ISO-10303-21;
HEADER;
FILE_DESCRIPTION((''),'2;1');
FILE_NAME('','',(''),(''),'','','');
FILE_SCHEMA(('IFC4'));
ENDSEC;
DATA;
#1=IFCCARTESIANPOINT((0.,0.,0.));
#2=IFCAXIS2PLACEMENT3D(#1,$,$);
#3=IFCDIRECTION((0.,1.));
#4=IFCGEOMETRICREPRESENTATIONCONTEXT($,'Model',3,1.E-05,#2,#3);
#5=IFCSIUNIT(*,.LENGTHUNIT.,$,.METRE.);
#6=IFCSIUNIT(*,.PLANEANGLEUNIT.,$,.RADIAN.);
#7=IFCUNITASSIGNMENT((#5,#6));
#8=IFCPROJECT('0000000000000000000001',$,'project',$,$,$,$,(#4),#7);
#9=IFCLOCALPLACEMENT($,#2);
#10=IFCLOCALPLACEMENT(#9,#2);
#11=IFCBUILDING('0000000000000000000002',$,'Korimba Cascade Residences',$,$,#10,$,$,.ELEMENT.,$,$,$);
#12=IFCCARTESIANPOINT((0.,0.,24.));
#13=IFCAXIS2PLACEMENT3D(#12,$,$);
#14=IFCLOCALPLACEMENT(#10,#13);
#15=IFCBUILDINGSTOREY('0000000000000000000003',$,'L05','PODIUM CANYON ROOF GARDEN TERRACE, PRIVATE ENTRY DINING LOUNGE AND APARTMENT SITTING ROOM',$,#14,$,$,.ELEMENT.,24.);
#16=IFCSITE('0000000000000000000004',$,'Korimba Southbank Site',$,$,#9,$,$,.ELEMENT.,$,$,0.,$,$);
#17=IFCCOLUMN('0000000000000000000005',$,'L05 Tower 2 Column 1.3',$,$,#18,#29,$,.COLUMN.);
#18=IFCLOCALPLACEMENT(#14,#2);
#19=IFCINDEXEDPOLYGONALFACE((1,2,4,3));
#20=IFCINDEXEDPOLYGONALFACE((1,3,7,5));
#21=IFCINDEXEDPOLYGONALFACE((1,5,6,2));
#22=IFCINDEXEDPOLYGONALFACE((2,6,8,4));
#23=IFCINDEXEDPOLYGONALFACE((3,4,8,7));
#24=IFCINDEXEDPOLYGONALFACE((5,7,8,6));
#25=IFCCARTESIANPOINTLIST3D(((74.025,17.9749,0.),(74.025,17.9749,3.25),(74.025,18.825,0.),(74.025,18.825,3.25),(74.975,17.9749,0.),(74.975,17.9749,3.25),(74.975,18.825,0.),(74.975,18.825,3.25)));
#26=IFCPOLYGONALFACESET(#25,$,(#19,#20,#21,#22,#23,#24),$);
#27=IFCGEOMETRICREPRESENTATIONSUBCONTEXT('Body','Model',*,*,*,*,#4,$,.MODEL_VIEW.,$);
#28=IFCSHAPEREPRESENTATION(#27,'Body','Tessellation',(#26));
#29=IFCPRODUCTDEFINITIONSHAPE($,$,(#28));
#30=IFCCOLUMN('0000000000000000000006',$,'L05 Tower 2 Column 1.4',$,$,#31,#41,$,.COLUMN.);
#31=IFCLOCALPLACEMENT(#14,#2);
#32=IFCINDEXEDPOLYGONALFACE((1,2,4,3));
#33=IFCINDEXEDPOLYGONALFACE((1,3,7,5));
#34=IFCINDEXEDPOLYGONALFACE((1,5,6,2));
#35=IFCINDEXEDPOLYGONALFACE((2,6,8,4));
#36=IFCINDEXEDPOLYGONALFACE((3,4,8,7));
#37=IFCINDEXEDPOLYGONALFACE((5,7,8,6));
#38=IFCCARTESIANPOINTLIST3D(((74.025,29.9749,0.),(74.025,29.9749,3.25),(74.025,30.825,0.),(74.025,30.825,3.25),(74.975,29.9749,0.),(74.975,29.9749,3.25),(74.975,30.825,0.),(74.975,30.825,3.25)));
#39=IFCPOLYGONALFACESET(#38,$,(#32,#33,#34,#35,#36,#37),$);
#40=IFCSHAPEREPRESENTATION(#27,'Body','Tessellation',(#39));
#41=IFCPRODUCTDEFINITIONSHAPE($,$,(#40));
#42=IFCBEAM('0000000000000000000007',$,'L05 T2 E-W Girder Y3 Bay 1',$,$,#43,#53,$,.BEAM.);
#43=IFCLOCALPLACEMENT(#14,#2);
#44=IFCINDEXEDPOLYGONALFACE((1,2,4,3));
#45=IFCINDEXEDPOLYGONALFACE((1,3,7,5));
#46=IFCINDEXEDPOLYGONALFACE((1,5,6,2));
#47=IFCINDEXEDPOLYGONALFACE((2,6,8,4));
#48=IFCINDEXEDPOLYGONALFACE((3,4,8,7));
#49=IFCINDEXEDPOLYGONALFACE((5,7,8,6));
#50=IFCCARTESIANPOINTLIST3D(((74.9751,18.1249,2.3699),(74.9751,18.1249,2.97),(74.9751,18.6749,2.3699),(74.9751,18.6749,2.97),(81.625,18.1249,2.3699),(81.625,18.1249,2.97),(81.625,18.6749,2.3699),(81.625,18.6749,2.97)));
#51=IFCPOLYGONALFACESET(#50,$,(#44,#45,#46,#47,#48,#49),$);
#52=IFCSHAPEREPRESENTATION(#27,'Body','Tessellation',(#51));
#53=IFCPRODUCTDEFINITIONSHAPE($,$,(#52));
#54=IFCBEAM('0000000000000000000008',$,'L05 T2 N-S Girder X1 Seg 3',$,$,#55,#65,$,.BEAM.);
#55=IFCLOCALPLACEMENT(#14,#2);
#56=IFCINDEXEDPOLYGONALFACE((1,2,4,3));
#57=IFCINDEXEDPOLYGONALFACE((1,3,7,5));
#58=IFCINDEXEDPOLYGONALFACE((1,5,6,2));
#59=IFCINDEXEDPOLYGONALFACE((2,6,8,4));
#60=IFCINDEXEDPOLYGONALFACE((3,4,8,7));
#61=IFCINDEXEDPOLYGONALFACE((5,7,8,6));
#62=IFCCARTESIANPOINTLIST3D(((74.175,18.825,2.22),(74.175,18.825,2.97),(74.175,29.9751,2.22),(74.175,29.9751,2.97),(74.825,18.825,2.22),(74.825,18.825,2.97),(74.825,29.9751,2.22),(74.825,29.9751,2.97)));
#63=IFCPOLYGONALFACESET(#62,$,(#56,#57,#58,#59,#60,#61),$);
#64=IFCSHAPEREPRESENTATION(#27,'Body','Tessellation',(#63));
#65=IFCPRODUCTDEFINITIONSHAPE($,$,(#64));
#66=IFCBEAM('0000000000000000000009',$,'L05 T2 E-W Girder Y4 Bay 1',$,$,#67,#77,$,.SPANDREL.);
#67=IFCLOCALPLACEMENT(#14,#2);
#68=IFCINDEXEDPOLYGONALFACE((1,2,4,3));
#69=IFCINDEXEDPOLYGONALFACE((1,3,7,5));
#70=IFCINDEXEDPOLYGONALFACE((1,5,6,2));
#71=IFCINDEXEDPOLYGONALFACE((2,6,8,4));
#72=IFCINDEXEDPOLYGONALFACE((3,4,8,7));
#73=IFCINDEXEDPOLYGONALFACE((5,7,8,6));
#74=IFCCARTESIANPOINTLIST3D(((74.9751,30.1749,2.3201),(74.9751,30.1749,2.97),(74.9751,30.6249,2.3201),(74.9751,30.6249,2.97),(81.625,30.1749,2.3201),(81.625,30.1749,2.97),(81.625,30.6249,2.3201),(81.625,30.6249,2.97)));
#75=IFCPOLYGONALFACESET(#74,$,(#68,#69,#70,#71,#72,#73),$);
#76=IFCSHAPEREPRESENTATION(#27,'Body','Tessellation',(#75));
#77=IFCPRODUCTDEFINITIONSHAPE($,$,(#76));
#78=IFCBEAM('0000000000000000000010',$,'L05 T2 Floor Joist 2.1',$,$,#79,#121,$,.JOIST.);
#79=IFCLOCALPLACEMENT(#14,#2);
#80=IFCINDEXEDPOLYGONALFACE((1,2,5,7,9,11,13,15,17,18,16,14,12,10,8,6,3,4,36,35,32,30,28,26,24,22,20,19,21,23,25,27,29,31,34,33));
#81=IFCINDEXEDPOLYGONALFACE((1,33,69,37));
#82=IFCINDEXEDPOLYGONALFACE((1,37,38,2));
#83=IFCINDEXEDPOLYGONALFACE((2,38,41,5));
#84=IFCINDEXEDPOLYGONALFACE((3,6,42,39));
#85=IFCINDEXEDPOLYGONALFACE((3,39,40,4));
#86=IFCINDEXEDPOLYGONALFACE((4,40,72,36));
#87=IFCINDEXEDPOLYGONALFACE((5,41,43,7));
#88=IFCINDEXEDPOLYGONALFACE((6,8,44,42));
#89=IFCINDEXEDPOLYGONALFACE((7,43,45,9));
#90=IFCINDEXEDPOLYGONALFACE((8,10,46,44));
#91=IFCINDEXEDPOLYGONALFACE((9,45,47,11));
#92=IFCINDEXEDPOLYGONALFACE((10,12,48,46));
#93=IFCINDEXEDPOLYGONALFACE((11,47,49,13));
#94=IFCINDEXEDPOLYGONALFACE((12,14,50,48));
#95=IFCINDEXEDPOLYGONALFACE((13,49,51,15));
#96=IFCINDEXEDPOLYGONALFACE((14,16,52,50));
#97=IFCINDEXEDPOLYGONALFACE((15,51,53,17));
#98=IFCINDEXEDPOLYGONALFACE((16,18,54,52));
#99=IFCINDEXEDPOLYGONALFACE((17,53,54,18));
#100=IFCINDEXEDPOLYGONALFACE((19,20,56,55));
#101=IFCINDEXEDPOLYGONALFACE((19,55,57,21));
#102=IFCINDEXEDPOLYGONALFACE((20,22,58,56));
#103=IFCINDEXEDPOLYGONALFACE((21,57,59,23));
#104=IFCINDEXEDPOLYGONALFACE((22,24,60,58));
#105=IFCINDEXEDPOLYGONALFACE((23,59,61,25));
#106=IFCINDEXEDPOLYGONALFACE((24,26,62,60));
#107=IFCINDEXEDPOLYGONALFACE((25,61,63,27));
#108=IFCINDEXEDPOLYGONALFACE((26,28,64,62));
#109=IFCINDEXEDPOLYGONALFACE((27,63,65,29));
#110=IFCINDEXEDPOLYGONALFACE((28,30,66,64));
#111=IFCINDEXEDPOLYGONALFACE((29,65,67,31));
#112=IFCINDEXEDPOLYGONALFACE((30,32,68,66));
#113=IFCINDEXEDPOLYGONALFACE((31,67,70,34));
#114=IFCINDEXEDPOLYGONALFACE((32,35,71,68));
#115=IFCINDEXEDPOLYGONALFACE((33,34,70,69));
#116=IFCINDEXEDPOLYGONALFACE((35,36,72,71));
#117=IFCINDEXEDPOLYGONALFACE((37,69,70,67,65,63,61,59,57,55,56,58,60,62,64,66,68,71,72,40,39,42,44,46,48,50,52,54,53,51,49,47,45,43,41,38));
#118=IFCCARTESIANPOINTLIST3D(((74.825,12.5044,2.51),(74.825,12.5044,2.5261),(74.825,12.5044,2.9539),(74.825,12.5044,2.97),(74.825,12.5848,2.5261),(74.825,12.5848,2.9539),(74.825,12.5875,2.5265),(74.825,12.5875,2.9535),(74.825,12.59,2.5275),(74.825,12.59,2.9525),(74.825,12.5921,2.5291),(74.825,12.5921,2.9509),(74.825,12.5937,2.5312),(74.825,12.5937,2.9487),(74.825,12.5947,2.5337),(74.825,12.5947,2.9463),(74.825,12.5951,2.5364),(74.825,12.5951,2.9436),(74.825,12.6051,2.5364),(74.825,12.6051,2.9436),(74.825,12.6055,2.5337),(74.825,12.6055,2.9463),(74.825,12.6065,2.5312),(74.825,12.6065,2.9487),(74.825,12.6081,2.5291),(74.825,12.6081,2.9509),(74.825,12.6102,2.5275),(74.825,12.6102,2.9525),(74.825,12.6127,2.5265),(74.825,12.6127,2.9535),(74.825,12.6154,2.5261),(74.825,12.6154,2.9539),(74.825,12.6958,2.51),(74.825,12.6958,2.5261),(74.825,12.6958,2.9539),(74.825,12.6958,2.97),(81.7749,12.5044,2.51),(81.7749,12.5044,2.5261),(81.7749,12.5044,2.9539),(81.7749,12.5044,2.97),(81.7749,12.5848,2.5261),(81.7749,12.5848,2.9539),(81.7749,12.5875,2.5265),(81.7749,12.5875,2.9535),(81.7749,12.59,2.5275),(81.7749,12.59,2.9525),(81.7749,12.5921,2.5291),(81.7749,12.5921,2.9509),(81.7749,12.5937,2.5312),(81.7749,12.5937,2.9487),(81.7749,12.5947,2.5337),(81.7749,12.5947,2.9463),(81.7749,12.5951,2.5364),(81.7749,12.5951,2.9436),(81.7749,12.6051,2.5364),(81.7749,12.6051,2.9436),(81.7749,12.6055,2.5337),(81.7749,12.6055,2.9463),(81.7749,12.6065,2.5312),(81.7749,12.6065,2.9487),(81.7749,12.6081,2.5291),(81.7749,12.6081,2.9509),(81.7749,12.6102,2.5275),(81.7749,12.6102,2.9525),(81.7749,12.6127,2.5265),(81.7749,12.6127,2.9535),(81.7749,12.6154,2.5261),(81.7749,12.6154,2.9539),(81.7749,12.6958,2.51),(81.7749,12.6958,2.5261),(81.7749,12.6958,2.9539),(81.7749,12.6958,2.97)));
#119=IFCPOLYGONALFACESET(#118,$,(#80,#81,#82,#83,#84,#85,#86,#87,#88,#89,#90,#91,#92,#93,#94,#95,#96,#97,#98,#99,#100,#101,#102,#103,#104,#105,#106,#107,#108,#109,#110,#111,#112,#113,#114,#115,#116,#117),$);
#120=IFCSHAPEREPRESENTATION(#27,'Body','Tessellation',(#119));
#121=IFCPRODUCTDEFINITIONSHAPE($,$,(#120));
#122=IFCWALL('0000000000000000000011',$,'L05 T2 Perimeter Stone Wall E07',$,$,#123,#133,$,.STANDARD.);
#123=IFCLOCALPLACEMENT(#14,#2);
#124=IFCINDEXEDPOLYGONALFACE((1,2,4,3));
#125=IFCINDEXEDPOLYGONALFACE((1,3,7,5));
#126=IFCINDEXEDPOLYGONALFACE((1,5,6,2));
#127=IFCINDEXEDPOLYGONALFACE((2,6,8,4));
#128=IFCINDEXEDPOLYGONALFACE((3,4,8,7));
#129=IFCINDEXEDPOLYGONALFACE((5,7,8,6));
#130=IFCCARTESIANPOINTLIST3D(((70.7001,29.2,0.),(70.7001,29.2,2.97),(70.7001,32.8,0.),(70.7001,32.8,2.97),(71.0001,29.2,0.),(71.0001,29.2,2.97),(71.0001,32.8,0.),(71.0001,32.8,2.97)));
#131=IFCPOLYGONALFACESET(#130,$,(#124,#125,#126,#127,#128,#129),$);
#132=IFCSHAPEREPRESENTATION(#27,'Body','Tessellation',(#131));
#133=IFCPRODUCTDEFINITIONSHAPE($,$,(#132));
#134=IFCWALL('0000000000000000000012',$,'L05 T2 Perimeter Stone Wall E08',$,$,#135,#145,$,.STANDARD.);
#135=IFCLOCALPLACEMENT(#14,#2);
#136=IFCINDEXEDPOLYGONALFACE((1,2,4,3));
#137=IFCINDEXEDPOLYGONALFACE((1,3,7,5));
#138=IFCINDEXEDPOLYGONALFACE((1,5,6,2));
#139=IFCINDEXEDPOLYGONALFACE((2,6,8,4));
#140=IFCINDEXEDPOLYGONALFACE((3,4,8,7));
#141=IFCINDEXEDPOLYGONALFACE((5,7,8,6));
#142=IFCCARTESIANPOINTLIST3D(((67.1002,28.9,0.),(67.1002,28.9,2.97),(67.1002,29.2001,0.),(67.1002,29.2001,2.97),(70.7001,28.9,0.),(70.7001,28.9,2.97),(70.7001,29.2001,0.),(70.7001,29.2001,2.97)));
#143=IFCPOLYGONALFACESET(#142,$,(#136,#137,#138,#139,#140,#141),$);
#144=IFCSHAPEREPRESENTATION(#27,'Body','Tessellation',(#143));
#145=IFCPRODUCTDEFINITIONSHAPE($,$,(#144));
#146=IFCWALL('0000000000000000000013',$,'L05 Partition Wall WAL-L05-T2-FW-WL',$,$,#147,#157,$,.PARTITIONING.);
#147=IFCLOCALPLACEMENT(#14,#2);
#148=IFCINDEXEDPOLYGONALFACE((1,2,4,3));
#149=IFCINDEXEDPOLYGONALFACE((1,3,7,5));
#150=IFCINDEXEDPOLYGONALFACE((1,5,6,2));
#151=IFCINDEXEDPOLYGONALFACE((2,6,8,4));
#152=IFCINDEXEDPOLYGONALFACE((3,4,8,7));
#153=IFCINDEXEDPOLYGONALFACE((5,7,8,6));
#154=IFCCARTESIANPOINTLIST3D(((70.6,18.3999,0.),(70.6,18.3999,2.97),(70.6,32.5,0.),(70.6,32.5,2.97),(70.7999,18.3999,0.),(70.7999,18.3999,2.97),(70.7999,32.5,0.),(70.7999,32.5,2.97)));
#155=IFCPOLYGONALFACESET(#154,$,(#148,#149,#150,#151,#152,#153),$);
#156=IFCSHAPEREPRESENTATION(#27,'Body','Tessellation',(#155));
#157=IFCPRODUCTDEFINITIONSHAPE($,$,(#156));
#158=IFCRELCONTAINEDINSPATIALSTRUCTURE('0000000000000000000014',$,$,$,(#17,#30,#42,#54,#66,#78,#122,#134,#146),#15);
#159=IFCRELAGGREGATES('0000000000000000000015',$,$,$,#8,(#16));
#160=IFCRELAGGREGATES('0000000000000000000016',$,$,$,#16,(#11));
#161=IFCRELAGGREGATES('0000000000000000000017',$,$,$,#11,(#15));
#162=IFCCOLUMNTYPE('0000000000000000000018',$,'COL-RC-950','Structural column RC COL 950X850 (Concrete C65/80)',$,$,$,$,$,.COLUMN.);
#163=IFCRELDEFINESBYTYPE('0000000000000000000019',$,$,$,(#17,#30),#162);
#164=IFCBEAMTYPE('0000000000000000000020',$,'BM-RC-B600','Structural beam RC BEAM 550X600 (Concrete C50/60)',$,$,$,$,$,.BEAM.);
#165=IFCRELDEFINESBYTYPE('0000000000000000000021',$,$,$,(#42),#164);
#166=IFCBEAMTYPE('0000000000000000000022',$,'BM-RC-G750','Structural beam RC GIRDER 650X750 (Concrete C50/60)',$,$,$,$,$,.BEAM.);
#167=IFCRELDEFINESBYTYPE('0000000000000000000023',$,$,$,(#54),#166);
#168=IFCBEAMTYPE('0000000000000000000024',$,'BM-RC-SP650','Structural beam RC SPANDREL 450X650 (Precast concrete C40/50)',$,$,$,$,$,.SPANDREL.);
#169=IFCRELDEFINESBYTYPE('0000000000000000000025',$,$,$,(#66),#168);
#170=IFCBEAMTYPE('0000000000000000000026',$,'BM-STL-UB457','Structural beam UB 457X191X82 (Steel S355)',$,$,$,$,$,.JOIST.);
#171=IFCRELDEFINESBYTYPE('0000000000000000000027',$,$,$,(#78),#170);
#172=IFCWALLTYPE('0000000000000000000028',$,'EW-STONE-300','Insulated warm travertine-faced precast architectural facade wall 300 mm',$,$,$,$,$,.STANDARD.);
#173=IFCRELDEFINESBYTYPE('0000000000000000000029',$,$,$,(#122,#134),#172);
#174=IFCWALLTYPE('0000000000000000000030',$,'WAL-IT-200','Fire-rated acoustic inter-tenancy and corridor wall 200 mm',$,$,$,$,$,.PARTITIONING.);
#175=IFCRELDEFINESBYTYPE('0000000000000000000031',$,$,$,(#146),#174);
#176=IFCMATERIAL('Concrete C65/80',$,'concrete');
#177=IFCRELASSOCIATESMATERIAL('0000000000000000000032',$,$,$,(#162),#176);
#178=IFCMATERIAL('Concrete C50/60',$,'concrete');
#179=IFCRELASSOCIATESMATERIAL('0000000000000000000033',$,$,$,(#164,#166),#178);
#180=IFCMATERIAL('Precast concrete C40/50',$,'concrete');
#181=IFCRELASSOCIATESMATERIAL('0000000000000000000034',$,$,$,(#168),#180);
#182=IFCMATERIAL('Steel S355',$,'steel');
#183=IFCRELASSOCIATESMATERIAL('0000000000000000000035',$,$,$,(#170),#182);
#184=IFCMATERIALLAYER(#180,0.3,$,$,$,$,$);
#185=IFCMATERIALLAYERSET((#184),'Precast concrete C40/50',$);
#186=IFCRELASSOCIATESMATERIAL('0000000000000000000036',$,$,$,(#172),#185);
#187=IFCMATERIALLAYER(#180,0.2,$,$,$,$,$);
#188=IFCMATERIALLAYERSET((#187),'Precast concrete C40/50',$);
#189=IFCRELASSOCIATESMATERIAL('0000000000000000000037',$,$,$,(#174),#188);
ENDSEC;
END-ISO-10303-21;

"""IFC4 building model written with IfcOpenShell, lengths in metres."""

from ifc_helpers import new_model, si_unit, direction, frame, frame_2d, origin, origin_2d, place, context, subcontext, project, spatial, rectangle, i_section, extrude, material, layer, layer_set, material_profile, profile_set, type_object, element, save


model = new_model("IFC4")

# Units and contexts
model_context = context("Model", 3, precision=1e-05, world=origin(), true_north=direction((0.0, 1.0)))
body_context = subcontext(model_context, "Body", "Model", "MODEL_VIEW")
ifc_project = project(units=[si_unit("LENGTHUNIT", "METRE"), si_unit("PLANEANGLEUNIT", "RADIAN")], contexts=[model_context])

# Site, building, storey
site_placement = place(None, origin())
site = spatial("IfcSite", under=ifc_project, at=site_placement, Name="Korimba Southbank Site", CompositionType="ELEMENT", RefElevation=0.0)
building_placement = place(site_placement, origin())
building = spatial("IfcBuilding", under=site, at=building_placement, Name="Korimba Cascade Residences", CompositionType="ELEMENT")
storey_placement = place(building_placement, frame((0.0, 0.0, 24.0)))
storey = spatial("IfcBuildingStorey", under=building, at=storey_placement, Name="L05", Description="PODIUM CANYON ROOF GARDEN TERRACE, PRIVATE ENTRY DINING LOUNGE AND APARTMENT SITTING ROOM", CompositionType="ELEMENT", Elevation=24.0)

# Columns
ifc_material_1 = material(Name="Concrete C65/80", Category="concrete")
ifc_material_profile_1 = material_profile(ifc_material_1, rectangle(XDim=0.95, YDim=0.8501, at=origin_2d()), Name="Concrete C65/80")
ifc_profile_set_1 = profile_set([ifc_material_profile_1], Name="Concrete C65/80")
column_type = type_object("IfcColumnType", Name="COL-RC-950", Description="Structural column RC COL 950X850 (Concrete C65/80)", PredefinedType="COLUMN", material=ifc_profile_set_1)
for number, where, z_axis, x_axis, name in (
    (1, (74.5, 18.3999, 0.0), (0.0, 0.0, 1.0), (1.0, 0.0, 0.0), "L05 Tower 2 Column 1.3"),
    (2, (74.5, 30.3999, 0.0), (0.0, 0.0, 1.0), (1.0, 0.0, 0.0), "L05 Tower 2 Column 1.4"),
):
    element("IfcColumn", number, at=place(storey_placement, frame(where, z_axis=z_axis, x_axis=x_axis)), inside=storey, type_object=column_type, Name=name, PredefinedType="COLUMN", context=body_context, shape_type="SweptSolid", body=[
        extrude(rectangle(XDim=0.95, YDim=0.8501, at=origin_2d()), origin(), (0.0, 0.0, 1.0), 3.25),
    ])

# Beams
ifc_material_2 = material(Name="Concrete C50/60", Category="concrete")
ifc_material_profile_2 = material_profile(ifc_material_2, rectangle(XDim=0.55, YDim=0.6001, at=origin_2d()), Name="Concrete C50/60")
ifc_profile_set_2 = profile_set([ifc_material_profile_2], Name="Concrete C50/60")
beam_type_1 = type_object("IfcBeamType", Name="BM-RC-B600", Description="Structural beam RC BEAM 550X600 (Concrete C50/60)", PredefinedType="BEAM", material=ifc_profile_set_2)
beam_1_placement = place(storey_placement, frame((74.9751, 18.3999, 2.6699), z_axis=(1.0, 0.0, 0.0), x_axis=(0.0, 1.0, 0.0)))
element("IfcBeam", 3, at=beam_1_placement, inside=storey, type_object=beam_type_1, Name="L05 T2 E-W Girder Y3 Bay 1", PredefinedType="BEAM", context=body_context, shape_type="SweptSolid", body=[
    extrude(rectangle(XDim=0.55, YDim=0.6001, at=origin_2d()), origin(), (0.0, 0.0, 1.0), 6.6499),
])
ifc_material_profile_3 = material_profile(ifc_material_2, rectangle(XDim=0.6499, YDim=0.75, at=origin_2d()), Name="Concrete C50/60")
ifc_profile_set_3 = profile_set([ifc_material_profile_3], Name="Concrete C50/60")
beam_type_2 = type_object("IfcBeamType", Name="BM-RC-G750", Description="Structural beam RC GIRDER 650X750 (Concrete C50/60)", PredefinedType="BEAM", material=ifc_profile_set_3)
beam_2_placement = place(storey_placement, frame((74.5, 18.825, 2.595), z_axis=(0.0, 1.0, 0.0), x_axis=(-1.0, 0.0, 0.0)))
element("IfcBeam", 4, at=beam_2_placement, inside=storey, type_object=beam_type_2, Name="L05 T2 N-S Girder X1 Seg 3", PredefinedType="BEAM", context=body_context, shape_type="SweptSolid", body=[
    extrude(rectangle(XDim=0.6499, YDim=0.75, at=origin_2d()), origin(), (0.0, 0.0, 1.0), 11.1501),
])
ifc_material_3 = material(Name="Precast concrete C40/50", Category="concrete")
ifc_material_profile_4 = material_profile(ifc_material_3, rectangle(XDim=0.45, YDim=0.6499, at=origin_2d()), Name="Precast concrete C40/50")
ifc_profile_set_4 = profile_set([ifc_material_profile_4], Name="Precast concrete C40/50")
beam_type_3 = type_object("IfcBeamType", Name="BM-RC-SP650", Description="Structural beam RC SPANDREL 450X650 (Precast concrete C40/50)", PredefinedType="SPANDREL", material=ifc_profile_set_4)
beam_3_placement = place(storey_placement, frame((74.9751, 30.3999, 2.645), z_axis=(1.0, 0.0, 0.0), x_axis=(0.0, 1.0, 0.0)))
element("IfcBeam", 5, at=beam_3_placement, inside=storey, type_object=beam_type_3, Name="L05 T2 E-W Girder Y4 Bay 1", PredefinedType="SPANDREL", context=body_context, shape_type="SweptSolid", body=[
    extrude(rectangle(XDim=0.45, YDim=0.6499, at=origin_2d()), origin(), (0.0, 0.0, 1.0), 6.6499),
])
ifc_material_4 = material(Name="Steel S355", Category="steel")
ifc_material_profile_5 = material_profile(ifc_material_4, i_section(OverallWidth=0.1914, OverallDepth=0.46, WebThickness=0.01, FlangeThickness=0.0161, FilletRadius=0.0103, at=origin_2d()), Name="Steel S355")
ifc_profile_set_5 = profile_set([ifc_material_profile_5], Name="Steel S355")
beam_type_4 = type_object("IfcBeamType", Name="BM-STL-UB457", Description="Structural beam UB 457X191X82 (Steel S355)", PredefinedType="JOIST", material=ifc_profile_set_5)
beam_4_placement = place(storey_placement, frame((74.825, 12.6001, 2.74), z_axis=(1.0, 0.0, 0.0), x_axis=(0.0, 1.0, 0.0)))
element("IfcBeam", 6, at=beam_4_placement, inside=storey, type_object=beam_type_4, Name="L05 T2 Floor Joist 2.1", PredefinedType="JOIST", context=body_context, shape_type="SweptSolid", body=[
    extrude(i_section(OverallWidth=0.1914, OverallDepth=0.46, WebThickness=0.01, FlangeThickness=0.0161, FilletRadius=0.0103, at=origin_2d()), origin(), (0.0, 0.0, 1.0), 6.95),
])

# Walls
ifc_layer_1 = layer(ifc_material_3, 0.3)
ifc_layer_set_1 = layer_set([ifc_layer_1], Name="Precast concrete C40/50")
wall_type_1 = type_object("IfcWallType", Name="EW-STONE-300", Description="Insulated warm travertine-faced precast architectural facade wall 300 mm", PredefinedType="STANDARD", material=ifc_layer_set_1)
wall_1_placement = place(storey_placement, frame((70.8501, 32.8, 0.0), z_axis=(0.0, 0.0, 1.0), x_axis=(0.0, -1.0, 0.0)))
element("IfcWall", 7, at=wall_1_placement, inside=storey, type_object=wall_type_1, Name="L05 T2 Perimeter Stone Wall E07", PredefinedType="STANDARD", context=body_context, shape_type="SweptSolid", body=[
    extrude(rectangle(XDim=3.6001, YDim=0.3, at=frame_2d((1.8, 0.0))), origin(), (0.0, 0.0, 1.0), 2.97),
])
wall_2_placement = place(storey_placement, frame((70.7, 29.05, 0.0), z_axis=(0.0, 0.0, 1.0), x_axis=(-1.0, 0.0, 0.0)))
element("IfcWall", 8, at=wall_2_placement, inside=storey, type_object=wall_type_1, Name="L05 T2 Perimeter Stone Wall E08", PredefinedType="STANDARD", context=body_context, shape_type="SweptSolid", body=[
    extrude(rectangle(XDim=3.5999, YDim=0.3, at=frame_2d((1.7998, 0.0))), origin(), (0.0, 0.0, 1.0), 2.97),
])
ifc_layer_2 = layer(ifc_material_3, 0.2)
ifc_layer_set_2 = layer_set([ifc_layer_2], Name="Precast concrete C40/50")
wall_type_2 = type_object("IfcWallType", Name="WAL-IT-200", Description="Fire-rated acoustic inter-tenancy and corridor wall 200 mm", PredefinedType="PARTITIONING", material=ifc_layer_set_2)
wall_3_placement = place(storey_placement, frame((70.7, 18.3999, 0.0), z_axis=(0.0, 0.0, 1.0), x_axis=(0.0, 1.0, 0.0)))
element("IfcWall", 9, at=wall_3_placement, inside=storey, type_object=wall_type_2, Name="L05 Partition Wall WAL-L05-T2-FW-WL", PredefinedType="PARTITIONING", context=body_context, shape_type="SweptSolid", body=[
    extrude(rectangle(XDim=14.1001, YDim=0.2, at=frame_2d((7.05, 0.0))), origin(), (0.0, 0.0, 1.0), 2.97),
])

save(model, "model.ifc")
